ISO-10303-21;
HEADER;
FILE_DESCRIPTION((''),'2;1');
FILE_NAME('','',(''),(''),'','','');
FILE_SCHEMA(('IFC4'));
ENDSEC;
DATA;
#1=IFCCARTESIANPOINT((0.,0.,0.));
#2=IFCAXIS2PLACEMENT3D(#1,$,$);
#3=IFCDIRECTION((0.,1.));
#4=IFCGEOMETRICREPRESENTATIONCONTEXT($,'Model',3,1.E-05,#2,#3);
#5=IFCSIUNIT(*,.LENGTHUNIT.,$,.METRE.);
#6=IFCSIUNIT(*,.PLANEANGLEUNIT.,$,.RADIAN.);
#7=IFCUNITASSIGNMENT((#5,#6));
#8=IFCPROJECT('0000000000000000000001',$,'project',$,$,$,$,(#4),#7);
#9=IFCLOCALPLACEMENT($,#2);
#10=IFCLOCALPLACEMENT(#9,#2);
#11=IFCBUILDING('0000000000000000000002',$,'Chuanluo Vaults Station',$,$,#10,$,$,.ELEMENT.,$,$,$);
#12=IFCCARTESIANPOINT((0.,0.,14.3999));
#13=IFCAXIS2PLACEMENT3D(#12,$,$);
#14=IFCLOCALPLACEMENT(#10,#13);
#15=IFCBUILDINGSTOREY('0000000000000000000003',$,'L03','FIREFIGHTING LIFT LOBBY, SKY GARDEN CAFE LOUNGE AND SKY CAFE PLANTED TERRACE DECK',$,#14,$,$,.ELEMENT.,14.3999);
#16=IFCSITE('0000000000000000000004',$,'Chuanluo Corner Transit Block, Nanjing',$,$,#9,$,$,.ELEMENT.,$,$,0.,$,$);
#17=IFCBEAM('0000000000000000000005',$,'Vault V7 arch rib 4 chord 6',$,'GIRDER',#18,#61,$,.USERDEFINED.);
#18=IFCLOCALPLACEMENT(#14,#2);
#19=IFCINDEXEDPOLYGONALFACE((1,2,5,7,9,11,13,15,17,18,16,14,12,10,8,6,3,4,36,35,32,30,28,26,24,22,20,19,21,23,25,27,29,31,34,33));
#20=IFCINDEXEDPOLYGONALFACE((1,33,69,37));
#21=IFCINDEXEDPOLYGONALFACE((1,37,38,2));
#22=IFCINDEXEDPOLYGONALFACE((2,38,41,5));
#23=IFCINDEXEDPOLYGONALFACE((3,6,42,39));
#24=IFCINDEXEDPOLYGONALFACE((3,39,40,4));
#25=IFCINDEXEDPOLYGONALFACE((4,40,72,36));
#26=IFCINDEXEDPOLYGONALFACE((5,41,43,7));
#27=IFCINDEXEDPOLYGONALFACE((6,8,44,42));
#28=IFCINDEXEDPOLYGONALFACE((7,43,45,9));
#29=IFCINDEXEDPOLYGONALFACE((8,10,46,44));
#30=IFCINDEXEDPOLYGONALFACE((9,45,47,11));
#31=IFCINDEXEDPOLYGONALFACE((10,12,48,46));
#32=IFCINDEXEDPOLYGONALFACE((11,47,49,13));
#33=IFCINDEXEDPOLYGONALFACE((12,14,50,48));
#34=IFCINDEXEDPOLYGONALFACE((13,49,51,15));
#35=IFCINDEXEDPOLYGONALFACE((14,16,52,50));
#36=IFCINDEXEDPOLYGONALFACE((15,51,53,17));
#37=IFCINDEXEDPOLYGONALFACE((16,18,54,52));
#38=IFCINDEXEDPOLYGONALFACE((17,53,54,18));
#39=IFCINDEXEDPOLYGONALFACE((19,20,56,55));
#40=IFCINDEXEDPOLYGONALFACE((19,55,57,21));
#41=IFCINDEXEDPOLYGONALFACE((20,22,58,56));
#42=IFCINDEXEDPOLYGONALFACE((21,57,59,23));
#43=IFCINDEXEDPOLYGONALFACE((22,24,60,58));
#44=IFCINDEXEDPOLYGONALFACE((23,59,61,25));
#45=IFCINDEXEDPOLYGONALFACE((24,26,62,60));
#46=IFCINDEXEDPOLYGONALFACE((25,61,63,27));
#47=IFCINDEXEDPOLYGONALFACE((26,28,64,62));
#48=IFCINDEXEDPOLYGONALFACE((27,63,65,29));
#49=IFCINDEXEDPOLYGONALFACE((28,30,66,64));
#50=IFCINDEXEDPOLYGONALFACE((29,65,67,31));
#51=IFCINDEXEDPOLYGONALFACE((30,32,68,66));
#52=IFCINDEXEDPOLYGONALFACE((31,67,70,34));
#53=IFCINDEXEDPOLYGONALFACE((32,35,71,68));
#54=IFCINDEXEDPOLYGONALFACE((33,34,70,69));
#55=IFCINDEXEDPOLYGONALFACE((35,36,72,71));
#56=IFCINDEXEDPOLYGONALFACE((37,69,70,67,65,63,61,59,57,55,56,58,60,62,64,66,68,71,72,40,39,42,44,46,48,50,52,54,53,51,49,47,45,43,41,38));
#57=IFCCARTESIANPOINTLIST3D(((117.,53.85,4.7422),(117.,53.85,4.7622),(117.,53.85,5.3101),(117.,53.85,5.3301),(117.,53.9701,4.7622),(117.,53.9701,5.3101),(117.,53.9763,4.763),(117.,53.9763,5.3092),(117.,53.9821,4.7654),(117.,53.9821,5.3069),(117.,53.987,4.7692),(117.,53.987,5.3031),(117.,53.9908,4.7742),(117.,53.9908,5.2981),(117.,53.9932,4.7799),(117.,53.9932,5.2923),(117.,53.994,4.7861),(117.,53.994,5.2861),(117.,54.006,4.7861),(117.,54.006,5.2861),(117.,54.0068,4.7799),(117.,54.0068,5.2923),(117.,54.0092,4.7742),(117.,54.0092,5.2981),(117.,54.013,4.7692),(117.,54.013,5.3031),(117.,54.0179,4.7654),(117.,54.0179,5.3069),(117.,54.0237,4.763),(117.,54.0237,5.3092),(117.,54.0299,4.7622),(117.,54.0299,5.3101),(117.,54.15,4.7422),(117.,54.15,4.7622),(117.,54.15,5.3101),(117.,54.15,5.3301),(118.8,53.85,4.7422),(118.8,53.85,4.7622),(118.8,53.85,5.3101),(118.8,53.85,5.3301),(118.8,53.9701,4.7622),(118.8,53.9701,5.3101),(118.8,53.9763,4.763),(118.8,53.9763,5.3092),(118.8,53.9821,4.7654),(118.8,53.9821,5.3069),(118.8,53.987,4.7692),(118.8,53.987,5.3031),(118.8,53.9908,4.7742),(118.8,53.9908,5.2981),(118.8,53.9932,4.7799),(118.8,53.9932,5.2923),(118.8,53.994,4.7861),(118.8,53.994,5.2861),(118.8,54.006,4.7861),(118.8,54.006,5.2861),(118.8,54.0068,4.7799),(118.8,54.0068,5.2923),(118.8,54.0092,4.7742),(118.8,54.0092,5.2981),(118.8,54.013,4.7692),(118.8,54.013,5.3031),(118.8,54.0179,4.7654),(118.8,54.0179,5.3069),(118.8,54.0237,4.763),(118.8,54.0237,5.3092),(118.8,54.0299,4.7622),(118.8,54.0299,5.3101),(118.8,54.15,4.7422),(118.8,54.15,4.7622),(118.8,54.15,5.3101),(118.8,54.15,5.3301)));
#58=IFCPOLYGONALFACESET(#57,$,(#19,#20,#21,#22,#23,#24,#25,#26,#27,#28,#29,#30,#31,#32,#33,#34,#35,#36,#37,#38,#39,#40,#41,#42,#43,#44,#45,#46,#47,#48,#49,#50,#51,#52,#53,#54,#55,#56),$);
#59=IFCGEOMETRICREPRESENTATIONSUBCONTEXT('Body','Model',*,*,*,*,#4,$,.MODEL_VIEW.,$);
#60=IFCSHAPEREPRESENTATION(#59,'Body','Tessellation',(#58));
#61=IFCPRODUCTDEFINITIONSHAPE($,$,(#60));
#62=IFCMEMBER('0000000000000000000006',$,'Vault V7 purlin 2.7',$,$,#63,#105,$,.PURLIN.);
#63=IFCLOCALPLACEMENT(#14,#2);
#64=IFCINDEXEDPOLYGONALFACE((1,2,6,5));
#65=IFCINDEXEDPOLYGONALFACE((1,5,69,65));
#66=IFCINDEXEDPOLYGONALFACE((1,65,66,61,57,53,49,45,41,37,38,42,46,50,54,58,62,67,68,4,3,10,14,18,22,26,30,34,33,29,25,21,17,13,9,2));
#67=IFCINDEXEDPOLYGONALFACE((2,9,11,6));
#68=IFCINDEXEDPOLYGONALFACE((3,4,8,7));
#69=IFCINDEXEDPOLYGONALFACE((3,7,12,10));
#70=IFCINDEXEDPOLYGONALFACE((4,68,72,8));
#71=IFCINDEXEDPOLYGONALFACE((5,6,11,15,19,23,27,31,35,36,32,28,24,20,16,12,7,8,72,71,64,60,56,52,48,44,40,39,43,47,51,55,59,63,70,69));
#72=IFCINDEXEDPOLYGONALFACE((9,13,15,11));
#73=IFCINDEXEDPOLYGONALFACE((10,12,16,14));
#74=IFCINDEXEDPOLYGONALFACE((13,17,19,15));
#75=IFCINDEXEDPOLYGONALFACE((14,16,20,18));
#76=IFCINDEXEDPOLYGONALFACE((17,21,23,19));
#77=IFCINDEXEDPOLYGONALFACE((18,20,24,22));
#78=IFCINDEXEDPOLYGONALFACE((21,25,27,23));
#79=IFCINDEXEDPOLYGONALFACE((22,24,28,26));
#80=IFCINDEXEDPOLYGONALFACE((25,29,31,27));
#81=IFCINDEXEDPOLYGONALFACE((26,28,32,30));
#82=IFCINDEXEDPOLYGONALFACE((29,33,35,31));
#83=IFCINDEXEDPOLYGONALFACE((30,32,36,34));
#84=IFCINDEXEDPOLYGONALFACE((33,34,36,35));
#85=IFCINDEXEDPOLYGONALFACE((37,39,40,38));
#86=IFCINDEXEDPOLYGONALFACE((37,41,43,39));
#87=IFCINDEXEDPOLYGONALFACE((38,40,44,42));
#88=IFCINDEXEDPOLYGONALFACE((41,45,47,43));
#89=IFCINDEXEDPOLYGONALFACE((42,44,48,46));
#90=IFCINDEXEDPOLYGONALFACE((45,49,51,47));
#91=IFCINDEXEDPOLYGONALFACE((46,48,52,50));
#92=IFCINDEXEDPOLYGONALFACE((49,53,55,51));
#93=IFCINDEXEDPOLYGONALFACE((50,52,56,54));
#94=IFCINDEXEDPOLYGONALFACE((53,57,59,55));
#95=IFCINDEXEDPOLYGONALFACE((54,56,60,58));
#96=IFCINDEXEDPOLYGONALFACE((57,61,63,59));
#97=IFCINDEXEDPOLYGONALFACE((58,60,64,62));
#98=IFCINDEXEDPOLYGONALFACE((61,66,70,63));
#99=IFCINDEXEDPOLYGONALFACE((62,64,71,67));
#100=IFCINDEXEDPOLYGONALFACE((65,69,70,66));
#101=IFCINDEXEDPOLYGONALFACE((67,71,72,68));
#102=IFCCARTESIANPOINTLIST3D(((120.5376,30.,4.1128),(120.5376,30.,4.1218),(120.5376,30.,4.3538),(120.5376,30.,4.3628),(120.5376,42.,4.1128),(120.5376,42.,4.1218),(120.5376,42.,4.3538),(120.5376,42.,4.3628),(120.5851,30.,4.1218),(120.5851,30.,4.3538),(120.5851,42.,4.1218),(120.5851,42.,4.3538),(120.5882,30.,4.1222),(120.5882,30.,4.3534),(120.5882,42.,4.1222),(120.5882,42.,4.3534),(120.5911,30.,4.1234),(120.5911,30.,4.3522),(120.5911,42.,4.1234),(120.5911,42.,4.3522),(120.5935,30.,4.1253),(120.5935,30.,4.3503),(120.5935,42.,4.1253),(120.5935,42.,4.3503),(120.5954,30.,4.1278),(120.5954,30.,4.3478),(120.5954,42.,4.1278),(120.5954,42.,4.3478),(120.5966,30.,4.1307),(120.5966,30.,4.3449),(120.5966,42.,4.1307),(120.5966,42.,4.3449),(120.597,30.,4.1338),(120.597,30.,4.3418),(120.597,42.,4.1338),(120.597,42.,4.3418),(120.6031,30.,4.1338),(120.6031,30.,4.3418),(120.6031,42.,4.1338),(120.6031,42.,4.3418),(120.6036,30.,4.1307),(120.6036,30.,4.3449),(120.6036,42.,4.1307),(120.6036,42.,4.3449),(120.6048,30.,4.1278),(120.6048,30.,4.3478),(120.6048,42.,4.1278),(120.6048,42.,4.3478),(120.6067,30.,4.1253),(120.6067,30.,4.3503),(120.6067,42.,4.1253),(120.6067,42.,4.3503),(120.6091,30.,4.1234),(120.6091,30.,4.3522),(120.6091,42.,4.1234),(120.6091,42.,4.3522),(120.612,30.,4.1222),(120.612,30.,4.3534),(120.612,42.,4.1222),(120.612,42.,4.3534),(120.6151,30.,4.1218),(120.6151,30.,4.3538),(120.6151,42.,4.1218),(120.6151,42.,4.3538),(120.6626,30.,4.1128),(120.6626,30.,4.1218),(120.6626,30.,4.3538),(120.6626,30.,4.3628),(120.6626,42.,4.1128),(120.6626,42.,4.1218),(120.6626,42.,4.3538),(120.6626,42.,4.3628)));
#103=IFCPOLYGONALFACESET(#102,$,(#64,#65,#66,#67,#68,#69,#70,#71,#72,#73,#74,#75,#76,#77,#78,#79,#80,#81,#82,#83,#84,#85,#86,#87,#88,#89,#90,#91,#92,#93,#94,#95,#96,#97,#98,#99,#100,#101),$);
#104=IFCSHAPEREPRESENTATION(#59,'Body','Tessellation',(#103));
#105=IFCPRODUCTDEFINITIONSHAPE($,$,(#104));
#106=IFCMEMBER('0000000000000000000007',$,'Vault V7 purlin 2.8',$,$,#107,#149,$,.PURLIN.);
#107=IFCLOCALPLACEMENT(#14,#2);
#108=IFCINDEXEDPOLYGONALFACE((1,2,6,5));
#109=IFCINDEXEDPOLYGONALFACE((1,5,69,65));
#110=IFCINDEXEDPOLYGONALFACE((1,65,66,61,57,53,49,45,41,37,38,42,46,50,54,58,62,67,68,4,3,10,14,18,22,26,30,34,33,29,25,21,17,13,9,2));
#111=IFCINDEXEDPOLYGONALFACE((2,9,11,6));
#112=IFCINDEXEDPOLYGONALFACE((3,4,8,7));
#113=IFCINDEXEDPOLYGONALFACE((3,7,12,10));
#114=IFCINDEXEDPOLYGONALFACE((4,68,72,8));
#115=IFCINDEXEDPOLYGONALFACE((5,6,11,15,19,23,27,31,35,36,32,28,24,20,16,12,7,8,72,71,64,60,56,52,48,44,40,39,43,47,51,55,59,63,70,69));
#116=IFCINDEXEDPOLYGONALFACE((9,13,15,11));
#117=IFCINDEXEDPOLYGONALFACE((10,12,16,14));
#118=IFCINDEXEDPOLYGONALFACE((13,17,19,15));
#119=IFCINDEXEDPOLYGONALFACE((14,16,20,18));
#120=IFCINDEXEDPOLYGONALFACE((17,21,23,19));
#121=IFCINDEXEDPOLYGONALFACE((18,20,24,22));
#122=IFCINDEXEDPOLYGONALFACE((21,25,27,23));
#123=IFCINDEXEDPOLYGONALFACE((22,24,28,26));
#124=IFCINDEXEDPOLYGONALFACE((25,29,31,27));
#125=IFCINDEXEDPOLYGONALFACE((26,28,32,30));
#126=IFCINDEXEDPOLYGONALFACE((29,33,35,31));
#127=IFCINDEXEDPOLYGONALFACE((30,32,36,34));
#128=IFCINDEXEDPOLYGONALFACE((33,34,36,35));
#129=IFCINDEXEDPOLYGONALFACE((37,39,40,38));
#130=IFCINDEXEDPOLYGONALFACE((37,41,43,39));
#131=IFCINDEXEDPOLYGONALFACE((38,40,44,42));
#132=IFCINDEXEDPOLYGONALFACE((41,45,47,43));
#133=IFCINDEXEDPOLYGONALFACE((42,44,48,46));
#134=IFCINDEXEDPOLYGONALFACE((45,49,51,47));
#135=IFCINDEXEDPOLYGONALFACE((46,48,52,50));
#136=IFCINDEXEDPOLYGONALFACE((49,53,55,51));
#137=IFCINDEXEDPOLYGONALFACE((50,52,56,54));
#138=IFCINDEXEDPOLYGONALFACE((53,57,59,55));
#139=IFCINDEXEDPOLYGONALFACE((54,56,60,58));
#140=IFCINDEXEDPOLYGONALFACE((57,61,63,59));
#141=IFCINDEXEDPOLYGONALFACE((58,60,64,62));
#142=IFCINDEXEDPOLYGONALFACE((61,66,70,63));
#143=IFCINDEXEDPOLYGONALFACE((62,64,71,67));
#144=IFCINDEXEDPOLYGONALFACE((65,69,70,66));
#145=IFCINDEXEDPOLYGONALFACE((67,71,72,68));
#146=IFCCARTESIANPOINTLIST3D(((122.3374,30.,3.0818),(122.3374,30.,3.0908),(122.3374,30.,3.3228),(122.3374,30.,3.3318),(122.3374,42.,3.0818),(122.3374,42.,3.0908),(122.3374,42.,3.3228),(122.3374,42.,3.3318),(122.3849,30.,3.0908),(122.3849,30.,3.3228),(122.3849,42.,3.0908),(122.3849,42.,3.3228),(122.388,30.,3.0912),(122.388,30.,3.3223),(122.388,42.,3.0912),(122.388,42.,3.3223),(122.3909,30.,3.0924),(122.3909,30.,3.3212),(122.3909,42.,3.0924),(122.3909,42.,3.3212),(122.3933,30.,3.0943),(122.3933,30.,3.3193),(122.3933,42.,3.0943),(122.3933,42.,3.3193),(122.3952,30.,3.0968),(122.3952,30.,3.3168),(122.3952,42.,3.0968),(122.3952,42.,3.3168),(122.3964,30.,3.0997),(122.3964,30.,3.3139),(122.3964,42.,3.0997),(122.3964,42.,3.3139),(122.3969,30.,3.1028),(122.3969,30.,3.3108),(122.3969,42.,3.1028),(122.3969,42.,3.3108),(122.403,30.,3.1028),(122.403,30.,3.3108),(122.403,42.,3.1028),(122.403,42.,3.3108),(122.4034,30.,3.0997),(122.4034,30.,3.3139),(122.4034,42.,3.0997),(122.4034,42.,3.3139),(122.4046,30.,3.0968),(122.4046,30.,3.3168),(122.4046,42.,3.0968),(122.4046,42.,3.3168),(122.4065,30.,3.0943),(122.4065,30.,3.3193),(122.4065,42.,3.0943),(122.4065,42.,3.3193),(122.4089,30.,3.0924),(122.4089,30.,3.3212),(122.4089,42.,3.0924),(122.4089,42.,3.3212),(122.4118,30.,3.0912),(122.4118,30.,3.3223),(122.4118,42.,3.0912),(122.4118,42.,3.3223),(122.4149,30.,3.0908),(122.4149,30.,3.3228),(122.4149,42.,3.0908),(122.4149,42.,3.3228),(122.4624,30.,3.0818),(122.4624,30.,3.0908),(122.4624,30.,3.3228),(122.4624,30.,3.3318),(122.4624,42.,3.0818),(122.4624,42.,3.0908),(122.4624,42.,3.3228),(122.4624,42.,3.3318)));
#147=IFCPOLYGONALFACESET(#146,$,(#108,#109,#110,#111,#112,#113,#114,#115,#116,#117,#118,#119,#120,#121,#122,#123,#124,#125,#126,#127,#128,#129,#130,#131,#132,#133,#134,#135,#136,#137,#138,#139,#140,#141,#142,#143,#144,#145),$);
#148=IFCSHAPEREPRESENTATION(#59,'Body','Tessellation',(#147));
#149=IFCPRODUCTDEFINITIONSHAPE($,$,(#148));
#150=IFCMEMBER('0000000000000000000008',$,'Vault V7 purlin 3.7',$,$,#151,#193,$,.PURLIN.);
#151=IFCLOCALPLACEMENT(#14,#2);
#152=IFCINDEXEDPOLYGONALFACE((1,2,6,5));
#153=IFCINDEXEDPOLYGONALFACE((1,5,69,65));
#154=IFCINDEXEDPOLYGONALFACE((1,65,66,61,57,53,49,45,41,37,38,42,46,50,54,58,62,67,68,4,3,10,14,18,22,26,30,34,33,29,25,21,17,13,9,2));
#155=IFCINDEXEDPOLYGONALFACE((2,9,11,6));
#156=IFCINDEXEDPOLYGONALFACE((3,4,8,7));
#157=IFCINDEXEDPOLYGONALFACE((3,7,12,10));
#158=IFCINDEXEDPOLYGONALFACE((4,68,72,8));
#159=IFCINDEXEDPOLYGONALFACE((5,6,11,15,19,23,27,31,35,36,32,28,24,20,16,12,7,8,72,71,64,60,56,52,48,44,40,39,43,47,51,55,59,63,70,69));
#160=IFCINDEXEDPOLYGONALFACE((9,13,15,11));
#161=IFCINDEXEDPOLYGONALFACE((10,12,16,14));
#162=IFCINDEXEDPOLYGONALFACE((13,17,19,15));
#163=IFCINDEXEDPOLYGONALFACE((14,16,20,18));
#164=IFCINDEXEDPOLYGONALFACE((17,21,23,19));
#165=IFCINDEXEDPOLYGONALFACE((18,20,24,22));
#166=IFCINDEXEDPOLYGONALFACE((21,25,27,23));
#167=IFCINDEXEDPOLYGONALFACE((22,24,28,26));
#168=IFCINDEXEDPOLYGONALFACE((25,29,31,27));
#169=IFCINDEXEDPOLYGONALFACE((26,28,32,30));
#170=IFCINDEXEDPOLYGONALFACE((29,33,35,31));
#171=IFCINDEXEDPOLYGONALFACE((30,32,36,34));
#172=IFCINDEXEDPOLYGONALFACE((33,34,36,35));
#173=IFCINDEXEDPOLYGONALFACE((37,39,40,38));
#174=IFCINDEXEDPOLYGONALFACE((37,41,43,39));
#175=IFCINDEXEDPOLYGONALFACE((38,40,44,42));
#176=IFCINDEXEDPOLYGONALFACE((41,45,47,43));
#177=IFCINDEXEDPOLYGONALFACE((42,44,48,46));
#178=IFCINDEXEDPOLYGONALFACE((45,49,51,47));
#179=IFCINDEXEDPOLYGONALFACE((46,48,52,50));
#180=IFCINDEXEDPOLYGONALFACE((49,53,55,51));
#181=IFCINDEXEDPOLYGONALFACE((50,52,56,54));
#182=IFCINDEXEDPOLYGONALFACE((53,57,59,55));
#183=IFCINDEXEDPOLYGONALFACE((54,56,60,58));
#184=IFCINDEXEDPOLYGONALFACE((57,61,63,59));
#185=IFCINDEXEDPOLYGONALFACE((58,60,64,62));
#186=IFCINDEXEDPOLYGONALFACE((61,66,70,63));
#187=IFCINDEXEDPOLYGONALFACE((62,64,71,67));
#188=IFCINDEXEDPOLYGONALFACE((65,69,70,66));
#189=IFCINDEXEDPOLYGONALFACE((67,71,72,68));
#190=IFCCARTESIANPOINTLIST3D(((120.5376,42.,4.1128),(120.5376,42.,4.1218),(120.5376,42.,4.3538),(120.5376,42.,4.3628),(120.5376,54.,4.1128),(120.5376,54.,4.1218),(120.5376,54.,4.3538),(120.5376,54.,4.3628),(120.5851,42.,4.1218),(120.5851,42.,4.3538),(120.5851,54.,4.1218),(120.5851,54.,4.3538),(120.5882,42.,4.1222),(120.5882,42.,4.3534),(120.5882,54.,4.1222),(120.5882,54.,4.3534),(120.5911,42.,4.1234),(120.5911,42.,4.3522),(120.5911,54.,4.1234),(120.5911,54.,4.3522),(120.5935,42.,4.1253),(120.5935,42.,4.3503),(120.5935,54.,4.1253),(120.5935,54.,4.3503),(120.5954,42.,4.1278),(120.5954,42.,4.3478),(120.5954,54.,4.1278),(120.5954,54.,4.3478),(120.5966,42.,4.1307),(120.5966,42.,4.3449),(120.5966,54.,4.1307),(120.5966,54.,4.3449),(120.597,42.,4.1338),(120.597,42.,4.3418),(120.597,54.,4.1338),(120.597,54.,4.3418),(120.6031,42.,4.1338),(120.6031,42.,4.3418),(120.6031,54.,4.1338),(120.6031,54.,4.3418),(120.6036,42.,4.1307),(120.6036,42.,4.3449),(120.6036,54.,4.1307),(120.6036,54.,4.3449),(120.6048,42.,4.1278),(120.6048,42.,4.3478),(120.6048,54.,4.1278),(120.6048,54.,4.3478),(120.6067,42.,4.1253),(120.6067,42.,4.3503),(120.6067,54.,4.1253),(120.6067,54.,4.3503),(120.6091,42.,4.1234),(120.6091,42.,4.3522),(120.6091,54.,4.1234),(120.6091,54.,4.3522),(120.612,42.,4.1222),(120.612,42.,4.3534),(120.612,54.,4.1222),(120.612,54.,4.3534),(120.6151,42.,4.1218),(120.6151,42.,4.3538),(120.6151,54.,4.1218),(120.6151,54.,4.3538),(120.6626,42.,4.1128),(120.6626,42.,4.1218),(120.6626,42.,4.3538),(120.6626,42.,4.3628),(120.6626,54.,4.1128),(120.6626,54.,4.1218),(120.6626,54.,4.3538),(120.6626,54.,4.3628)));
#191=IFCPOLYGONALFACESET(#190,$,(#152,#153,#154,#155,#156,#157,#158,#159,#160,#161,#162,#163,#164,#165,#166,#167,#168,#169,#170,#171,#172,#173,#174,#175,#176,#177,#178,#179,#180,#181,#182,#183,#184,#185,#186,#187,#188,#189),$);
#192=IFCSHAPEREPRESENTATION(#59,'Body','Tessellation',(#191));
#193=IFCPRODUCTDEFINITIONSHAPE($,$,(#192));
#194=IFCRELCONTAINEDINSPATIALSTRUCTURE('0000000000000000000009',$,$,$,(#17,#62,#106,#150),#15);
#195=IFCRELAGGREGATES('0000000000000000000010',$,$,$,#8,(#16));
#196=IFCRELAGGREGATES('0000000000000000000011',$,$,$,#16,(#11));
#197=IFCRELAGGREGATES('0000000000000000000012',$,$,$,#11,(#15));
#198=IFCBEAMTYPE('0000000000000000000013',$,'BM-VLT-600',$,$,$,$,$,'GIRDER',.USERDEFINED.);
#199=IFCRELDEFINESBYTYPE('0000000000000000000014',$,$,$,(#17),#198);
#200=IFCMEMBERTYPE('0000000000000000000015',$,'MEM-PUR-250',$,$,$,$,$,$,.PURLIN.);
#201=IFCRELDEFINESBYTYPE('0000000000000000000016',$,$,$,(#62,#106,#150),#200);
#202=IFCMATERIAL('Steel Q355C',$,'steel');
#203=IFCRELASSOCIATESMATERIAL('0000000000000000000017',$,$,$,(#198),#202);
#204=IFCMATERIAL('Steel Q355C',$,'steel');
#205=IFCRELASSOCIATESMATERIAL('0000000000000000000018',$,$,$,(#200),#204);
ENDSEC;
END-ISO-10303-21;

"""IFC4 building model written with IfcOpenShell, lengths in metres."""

from ifc_helpers import new_model, si_unit, direction, frame, origin, origin_2d, place, context, subcontext, project, spatial, i_section, extrude, material, material_profile, profile_set, type_object, element, save


model = new_model("IFC4")

# Units and contexts
model_context = context("Model", 3, precision=1e-05, world=origin(), true_north=direction((0.0, 1.0)))
body_context = subcontext(model_context, "Body", "Model", "MODEL_VIEW")
ifc_project = project(units=[si_unit("LENGTHUNIT", "METRE"), si_unit("PLANEANGLEUNIT", "RADIAN")], contexts=[model_context])

# Site, building, storey
site_placement = place(None, origin())
site = spatial("IfcSite", under=ifc_project, at=site_placement, Name="Chuanluo Corner Transit Block, Nanjing", CompositionType="ELEMENT", RefElevation=0.0)
building_placement = place(site_placement, origin())
building = spatial("IfcBuilding", under=site, at=building_placement, Name="Chuanluo Vaults Station", CompositionType="ELEMENT")
storey_placement = place(building_placement, frame((0.0, 0.0, 14.3999)))
storey = spatial("IfcBuildingStorey", under=building, at=storey_placement, Name="L03", Description="FIREFIGHTING LIFT LOBBY, SKY GARDEN CAFE LOUNGE AND SKY CAFE PLANTED TERRACE DECK", CompositionType="ELEMENT", Elevation=14.3999)

# Beam
ifc_material_1 = material(Name="Steel Q355C", Category="steel")
ifc_material_profile_1 = material_profile(ifc_material_1, i_section(OverallWidth=0.3, OverallDepth=0.5879, WebThickness=0.012, FlangeThickness=0.02, FilletRadius=0.0239, at=origin_2d()))
ifc_profile_set_1 = profile_set([ifc_material_profile_1], Name="Steel Q355C")
beam_type = type_object("IfcBeamType", Name="BM-VLT-600", ElementType="GIRDER", PredefinedType="USERDEFINED", material=ifc_profile_set_1)
for number, where, z_axis, x_axis, name in (
    (1, (117.0, 54.0, 5.0361), (1.0, 0.0, 0.0), (0.0, 1.0, 0.0), "Vault V7 arch rib 4 chord 6"),
):
    element("IfcBeam", number, at=place(storey_placement, frame(where, z_axis=z_axis, x_axis=x_axis)), inside=storey, type_object=beam_type, Name=name, ObjectType="GIRDER", PredefinedType="USERDEFINED", context=body_context, shape_type="SweptSolid", body=[
        extrude(i_section(OverallWidth=0.3, OverallDepth=0.5879, WebThickness=0.012, FlangeThickness=0.02, FilletRadius=0.0239, at=origin_2d()), origin(), (0.0, 0.0, 1.0), 1.8),
    ])

# Members
ifc_material_2 = material(Name="Steel Q355C", Category="steel")
ifc_material_profile_2 = material_profile(ifc_material_2, i_section(OverallWidth=0.125, OverallDepth=0.25, WebThickness=0.0061, FlangeThickness=0.009, FilletRadius=0.012, at=origin_2d()))
ifc_profile_set_2 = profile_set([ifc_material_profile_2], Name="Steel Q355C")
member_type_1 = type_object("IfcMemberType", Name="MEM-PUR-250", PredefinedType="PURLIN", material=ifc_profile_set_2)
for number, where, z_axis, x_axis, name in (
    (2, (120.6001, 30.0, 4.2378), (0.0, 1.0, 0.0), (-1.0, 0.0, 0.0), "Vault V7 purlin 2.7"),
    (3, (122.3999, 30.0, 3.2068), (0.0, 1.0, 0.0), (-1.0, 0.0, 0.0), "Vault V7 purlin 2.8"),
    (4, (120.6001, 42.0, 4.2378), (0.0, 1.0, 0.0), (-1.0, 0.0, 0.0), "Vault V7 purlin 3.7"),
):
    element("IfcMember", number, at=place(storey_placement, frame(where, z_axis=z_axis, x_axis=x_axis)), inside=storey, type_object=member_type_1, Name=name, PredefinedType="PURLIN", context=body_context, shape_type="SweptSolid", body=[
        extrude(i_section(OverallWidth=0.125, OverallDepth=0.25, WebThickness=0.0061, FlangeThickness=0.009, FilletRadius=0.012, at=origin_2d()), origin(), (0.0, 0.0, 1.0), 12.0),
    ])

save(model, "model.ifc")
